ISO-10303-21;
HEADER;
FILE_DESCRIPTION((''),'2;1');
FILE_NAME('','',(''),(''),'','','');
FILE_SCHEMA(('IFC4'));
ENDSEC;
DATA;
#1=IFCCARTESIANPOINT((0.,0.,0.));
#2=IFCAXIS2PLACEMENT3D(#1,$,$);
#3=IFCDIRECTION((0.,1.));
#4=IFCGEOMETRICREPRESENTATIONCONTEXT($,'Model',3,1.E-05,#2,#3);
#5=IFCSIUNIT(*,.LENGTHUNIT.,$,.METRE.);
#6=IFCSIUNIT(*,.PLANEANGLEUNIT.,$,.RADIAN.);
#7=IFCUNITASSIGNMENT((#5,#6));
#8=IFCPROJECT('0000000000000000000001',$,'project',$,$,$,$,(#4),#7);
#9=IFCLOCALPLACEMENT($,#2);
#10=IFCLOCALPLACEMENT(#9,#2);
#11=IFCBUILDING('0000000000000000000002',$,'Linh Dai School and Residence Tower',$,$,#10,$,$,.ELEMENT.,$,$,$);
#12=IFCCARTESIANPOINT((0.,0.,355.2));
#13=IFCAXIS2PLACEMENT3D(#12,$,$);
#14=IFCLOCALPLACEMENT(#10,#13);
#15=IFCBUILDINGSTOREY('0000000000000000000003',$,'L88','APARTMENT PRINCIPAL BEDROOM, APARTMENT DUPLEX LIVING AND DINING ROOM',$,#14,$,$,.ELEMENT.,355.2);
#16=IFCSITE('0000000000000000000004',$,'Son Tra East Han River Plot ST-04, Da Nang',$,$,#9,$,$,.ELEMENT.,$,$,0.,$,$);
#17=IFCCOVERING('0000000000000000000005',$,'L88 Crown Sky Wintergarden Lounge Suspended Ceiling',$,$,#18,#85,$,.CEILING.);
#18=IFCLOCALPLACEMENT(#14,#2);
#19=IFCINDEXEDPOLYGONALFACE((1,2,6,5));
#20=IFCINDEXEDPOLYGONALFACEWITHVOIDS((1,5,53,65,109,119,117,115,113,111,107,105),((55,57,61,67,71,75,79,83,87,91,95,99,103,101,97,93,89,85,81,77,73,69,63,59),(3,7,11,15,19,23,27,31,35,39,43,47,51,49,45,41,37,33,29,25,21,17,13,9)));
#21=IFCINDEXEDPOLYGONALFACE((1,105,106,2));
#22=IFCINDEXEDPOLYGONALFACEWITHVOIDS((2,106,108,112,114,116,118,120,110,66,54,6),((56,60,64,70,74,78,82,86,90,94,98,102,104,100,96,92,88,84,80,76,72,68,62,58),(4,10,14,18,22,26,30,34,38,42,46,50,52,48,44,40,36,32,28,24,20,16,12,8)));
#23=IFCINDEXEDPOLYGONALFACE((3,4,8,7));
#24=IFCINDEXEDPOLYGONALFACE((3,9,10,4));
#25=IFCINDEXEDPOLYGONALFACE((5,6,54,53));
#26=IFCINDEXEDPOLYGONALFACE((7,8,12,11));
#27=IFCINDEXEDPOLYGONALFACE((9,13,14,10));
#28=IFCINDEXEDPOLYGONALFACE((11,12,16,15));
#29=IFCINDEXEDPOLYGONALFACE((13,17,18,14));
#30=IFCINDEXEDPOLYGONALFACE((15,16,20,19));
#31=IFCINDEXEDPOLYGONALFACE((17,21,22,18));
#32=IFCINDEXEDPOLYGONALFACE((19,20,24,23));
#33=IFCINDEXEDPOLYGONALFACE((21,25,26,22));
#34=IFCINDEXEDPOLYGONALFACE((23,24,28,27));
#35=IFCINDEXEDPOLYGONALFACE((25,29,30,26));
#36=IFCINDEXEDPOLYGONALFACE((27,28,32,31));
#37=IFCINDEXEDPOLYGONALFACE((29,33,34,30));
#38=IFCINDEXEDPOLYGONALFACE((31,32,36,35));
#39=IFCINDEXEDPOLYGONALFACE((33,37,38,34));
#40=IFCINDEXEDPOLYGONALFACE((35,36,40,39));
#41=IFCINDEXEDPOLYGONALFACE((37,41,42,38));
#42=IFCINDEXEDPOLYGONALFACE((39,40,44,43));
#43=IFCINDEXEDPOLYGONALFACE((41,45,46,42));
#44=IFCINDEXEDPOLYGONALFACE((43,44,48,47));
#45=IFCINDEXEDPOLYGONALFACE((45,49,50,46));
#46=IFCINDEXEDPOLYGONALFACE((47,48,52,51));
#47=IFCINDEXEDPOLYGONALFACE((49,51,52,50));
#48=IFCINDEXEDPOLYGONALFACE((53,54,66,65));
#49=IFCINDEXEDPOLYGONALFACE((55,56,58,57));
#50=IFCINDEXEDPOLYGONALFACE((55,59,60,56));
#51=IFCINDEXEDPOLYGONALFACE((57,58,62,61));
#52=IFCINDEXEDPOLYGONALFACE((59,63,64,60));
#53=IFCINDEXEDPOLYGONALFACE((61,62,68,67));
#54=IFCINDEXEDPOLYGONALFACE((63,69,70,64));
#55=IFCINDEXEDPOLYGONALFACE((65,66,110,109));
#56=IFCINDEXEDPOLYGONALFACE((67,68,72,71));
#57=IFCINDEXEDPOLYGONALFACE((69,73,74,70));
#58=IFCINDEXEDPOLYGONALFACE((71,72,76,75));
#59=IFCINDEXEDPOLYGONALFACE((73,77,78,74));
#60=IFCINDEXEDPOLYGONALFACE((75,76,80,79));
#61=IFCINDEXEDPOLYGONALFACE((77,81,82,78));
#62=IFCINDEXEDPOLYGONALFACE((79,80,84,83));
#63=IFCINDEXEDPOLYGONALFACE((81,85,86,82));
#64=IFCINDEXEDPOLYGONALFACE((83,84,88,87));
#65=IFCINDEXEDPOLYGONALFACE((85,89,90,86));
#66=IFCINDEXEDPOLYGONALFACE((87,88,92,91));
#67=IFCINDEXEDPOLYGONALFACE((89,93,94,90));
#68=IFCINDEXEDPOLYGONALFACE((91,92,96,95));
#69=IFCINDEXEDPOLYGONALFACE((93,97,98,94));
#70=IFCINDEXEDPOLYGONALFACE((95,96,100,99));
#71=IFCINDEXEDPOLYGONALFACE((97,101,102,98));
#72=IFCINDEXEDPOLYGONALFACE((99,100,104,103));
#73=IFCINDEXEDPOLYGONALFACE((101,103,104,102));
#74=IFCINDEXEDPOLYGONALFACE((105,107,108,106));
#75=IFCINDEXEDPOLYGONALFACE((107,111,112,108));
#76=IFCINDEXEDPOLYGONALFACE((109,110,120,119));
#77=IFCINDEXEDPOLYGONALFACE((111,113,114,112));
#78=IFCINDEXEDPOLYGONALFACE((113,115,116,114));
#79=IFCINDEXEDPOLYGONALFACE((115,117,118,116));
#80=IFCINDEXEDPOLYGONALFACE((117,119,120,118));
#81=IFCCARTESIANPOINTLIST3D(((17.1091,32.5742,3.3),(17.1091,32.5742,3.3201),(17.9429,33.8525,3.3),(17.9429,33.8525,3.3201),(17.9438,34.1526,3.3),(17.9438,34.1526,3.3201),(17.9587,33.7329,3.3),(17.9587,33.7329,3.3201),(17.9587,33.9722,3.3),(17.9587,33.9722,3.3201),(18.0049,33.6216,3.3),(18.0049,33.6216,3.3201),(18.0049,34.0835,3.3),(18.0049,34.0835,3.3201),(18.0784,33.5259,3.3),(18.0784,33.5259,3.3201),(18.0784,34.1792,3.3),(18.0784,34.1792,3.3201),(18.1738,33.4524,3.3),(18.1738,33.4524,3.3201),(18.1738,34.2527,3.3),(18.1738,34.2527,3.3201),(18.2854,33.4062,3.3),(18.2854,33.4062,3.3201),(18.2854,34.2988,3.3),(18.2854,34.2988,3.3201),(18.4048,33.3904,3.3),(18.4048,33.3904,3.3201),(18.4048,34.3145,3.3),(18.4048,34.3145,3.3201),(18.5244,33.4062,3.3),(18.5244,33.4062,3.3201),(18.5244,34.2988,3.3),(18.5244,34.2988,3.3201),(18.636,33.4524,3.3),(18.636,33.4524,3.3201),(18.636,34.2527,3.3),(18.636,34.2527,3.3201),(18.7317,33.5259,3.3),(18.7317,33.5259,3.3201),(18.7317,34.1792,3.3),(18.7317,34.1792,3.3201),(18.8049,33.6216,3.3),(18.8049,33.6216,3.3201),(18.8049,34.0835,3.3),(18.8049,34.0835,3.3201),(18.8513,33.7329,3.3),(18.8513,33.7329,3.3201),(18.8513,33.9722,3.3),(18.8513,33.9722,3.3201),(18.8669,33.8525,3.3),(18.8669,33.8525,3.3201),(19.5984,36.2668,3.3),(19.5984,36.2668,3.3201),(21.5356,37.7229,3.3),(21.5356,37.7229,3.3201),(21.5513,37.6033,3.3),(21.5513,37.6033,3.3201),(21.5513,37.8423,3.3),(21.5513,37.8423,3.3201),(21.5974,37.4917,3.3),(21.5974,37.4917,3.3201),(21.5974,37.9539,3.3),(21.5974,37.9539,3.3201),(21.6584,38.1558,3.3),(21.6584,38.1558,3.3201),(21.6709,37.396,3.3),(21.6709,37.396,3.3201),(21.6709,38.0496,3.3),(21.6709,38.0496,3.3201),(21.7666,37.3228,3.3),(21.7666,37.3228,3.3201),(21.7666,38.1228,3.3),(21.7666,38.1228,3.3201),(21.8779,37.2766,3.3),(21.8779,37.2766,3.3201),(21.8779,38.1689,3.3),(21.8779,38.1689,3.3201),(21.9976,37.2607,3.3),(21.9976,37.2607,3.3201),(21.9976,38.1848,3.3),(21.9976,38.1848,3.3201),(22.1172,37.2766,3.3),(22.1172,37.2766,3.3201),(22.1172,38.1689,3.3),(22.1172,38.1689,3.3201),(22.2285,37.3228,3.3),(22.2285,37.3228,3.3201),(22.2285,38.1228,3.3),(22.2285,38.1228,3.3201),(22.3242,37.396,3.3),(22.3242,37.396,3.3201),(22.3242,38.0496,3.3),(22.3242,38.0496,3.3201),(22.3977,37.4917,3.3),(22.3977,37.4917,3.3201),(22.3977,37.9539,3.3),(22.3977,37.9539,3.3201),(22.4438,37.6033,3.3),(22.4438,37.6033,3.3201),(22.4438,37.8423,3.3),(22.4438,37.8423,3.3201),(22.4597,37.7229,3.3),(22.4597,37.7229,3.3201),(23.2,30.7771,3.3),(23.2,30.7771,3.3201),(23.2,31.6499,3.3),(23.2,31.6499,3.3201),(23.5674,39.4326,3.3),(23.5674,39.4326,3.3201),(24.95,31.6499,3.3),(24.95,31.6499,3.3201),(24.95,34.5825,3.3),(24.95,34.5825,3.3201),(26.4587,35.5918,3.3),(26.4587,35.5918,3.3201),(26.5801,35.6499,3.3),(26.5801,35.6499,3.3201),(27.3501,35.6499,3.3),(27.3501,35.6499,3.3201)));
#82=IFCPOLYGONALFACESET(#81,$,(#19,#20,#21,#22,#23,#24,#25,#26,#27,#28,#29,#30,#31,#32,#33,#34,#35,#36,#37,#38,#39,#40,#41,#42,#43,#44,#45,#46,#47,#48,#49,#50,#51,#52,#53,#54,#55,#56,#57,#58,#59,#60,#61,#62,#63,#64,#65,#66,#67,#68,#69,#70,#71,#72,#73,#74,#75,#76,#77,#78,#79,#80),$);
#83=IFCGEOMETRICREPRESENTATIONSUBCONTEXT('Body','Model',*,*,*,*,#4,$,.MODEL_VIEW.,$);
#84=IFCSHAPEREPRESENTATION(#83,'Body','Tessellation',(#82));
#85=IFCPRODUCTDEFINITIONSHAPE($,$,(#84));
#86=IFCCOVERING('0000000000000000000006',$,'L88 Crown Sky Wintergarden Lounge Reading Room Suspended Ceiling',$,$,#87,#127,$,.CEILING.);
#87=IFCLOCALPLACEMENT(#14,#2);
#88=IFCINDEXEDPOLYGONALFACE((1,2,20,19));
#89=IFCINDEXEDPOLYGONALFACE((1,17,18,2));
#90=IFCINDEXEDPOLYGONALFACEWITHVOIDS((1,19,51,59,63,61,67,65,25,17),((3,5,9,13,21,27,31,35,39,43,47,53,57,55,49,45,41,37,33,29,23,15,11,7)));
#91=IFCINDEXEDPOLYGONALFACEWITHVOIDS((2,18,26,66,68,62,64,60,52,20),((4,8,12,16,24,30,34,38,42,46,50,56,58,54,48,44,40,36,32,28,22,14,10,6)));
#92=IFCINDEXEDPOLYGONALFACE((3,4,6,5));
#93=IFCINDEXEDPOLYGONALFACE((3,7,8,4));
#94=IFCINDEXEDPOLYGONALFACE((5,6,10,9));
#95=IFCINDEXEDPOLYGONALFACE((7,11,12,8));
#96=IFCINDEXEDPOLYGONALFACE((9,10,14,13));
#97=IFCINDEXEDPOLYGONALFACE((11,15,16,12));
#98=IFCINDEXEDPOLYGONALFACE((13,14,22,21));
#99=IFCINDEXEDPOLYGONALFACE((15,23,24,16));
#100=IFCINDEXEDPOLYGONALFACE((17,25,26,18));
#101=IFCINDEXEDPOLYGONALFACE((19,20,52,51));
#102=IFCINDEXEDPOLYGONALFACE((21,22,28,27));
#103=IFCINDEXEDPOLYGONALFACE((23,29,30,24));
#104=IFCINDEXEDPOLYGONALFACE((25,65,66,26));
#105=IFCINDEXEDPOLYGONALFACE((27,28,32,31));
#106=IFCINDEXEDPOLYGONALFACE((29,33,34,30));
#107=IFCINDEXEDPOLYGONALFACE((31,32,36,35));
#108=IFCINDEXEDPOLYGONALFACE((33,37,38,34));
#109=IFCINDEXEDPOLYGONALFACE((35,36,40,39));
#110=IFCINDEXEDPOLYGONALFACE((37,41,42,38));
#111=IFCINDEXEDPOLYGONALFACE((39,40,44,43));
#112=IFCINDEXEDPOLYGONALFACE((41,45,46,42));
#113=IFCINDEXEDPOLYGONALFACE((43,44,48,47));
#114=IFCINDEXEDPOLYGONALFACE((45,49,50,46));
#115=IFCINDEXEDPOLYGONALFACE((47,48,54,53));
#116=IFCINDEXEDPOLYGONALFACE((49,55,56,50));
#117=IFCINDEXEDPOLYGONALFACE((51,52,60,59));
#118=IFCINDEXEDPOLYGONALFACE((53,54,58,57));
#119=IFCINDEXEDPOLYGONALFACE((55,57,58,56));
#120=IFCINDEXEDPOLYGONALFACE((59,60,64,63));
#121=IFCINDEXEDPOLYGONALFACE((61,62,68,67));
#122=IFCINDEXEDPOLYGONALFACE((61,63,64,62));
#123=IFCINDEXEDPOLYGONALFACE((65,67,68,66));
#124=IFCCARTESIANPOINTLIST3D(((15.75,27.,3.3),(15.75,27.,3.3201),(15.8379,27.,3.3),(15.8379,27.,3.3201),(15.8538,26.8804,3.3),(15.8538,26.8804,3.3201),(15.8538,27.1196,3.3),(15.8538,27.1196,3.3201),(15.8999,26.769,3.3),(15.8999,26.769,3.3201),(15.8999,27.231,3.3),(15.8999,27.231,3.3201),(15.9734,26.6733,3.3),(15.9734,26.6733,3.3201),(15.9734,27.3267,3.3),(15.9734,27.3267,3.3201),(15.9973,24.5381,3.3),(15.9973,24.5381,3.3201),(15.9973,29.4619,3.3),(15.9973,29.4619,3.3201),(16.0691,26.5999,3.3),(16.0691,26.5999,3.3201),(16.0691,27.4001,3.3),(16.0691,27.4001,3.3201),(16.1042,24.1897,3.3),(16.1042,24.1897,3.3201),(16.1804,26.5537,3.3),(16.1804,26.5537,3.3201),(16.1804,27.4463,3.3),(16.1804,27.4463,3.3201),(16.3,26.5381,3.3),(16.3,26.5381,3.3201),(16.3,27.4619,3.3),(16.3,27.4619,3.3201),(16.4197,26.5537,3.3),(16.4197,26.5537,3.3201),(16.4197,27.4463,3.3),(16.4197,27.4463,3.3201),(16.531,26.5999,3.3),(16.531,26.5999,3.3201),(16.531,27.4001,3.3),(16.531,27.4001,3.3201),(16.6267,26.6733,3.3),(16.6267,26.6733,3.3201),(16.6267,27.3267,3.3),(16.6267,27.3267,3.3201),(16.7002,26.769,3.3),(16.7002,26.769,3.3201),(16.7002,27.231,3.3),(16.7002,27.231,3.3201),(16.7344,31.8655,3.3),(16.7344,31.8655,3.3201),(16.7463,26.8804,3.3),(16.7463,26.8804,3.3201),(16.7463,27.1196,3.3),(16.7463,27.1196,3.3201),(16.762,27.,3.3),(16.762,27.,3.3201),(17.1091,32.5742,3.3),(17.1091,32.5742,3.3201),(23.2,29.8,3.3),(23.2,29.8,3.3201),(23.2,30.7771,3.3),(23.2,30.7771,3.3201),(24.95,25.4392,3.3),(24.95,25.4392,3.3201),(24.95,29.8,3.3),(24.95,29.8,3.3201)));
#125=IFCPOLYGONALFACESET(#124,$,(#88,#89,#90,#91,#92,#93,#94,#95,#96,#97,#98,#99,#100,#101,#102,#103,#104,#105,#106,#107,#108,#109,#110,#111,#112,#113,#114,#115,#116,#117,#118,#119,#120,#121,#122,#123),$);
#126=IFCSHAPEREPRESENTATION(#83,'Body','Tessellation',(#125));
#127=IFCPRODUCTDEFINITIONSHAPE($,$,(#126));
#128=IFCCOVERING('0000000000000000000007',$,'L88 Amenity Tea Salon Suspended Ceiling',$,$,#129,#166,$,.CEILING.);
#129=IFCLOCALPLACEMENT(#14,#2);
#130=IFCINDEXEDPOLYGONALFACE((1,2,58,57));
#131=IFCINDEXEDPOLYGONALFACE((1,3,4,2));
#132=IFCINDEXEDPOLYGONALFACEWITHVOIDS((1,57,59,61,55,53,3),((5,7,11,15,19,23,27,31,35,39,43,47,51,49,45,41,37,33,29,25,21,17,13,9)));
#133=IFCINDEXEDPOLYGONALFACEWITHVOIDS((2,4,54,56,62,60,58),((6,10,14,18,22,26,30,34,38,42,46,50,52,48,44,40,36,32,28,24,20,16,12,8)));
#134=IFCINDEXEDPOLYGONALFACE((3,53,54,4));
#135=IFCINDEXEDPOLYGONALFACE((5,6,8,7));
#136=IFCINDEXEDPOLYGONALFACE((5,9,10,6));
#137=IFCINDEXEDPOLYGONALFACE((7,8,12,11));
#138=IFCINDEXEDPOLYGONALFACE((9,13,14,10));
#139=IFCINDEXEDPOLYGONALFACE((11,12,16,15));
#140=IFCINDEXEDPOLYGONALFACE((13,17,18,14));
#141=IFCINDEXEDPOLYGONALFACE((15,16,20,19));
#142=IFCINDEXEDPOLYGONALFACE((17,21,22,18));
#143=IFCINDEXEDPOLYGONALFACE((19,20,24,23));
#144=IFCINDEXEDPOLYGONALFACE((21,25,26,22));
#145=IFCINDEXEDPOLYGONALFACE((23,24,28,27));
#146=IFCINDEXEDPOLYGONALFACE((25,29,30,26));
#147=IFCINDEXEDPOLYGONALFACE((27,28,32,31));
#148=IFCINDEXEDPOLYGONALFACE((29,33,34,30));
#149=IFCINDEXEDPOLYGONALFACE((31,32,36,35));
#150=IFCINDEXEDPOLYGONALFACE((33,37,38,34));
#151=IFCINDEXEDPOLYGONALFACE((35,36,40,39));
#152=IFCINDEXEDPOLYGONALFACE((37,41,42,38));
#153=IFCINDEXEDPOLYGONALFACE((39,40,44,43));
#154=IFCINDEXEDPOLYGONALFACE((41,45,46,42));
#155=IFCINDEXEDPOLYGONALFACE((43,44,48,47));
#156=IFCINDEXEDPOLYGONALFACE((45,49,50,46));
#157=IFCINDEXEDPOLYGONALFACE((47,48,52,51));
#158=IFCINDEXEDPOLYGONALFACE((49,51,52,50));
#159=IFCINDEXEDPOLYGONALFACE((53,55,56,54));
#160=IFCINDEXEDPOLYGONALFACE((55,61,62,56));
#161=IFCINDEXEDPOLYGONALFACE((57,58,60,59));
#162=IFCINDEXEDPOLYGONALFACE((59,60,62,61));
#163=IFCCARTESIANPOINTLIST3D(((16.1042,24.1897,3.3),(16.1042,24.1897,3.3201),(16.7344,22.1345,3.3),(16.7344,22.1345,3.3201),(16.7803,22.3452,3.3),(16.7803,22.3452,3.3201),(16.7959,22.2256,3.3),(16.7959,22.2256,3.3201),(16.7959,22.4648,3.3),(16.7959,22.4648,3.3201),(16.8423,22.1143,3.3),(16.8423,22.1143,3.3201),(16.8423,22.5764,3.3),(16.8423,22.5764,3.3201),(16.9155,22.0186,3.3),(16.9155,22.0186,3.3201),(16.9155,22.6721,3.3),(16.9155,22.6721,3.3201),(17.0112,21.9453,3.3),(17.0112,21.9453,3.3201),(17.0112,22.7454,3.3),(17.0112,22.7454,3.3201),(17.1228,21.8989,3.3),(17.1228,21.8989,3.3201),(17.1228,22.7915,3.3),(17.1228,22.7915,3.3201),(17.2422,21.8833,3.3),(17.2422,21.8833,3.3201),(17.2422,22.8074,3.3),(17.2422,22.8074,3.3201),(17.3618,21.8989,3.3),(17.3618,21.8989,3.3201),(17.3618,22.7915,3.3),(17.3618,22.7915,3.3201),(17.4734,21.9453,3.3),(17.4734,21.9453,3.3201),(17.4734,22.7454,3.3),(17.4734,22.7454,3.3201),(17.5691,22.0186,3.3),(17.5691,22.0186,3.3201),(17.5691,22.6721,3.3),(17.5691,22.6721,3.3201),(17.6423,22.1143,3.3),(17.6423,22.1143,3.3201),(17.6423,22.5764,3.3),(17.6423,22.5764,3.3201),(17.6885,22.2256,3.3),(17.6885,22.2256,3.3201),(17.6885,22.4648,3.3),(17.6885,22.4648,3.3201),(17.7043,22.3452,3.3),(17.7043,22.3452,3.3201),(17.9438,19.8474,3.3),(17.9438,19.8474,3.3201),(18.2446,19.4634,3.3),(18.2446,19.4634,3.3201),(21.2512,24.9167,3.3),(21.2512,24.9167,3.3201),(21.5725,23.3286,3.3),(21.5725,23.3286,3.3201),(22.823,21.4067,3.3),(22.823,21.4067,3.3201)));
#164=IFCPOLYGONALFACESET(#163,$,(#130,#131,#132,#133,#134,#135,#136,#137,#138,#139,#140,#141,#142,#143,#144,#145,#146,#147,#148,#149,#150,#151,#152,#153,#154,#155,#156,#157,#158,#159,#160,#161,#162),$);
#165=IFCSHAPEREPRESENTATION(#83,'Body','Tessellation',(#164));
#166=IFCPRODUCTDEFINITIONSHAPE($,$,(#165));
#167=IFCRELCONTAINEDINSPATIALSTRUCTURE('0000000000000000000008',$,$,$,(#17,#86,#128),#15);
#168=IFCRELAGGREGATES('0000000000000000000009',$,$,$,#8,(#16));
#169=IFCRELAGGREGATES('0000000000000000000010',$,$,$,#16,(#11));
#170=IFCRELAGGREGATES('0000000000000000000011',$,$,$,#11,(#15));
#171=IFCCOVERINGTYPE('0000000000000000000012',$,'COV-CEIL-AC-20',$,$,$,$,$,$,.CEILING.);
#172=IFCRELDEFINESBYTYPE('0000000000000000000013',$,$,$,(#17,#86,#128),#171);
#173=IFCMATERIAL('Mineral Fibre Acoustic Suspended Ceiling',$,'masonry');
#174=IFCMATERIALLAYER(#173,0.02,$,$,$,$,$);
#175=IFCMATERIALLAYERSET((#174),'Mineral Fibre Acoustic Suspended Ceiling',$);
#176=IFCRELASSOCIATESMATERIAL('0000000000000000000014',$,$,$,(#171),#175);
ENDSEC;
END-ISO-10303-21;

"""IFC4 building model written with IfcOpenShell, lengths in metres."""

from ifc_helpers import new_model, si_unit, direction, frame, origin, place, context, subcontext, project, spatial, polyline, outline, extrude, material, layer, layer_set, type_object, element, save


model = new_model("IFC4")

# Units and contexts
model_context = context("Model", 3, precision=1e-05, world=origin(), true_north=direction((0.0, 1.0)))
body_context = subcontext(model_context, "Body", "Model", "MODEL_VIEW")
ifc_project = project(units=[si_unit("LENGTHUNIT", "METRE"), si_unit("PLANEANGLEUNIT", "RADIAN")], contexts=[model_context])

# Site, building, storey
site_placement = place(None, origin())
site = spatial("IfcSite", under=ifc_project, at=site_placement, Name="Son Tra East Han River Plot ST-04, Da Nang", CompositionType="ELEMENT", RefElevation=0.0)
building_placement = place(site_placement, origin())
building = spatial("IfcBuilding", under=site, at=building_placement, Name="Linh Dai School and Residence Tower", CompositionType="ELEMENT")
storey_placement = place(building_placement, frame((0.0, 0.0, 355.2)))
storey = spatial("IfcBuildingStorey", under=building, at=storey_placement, Name="L88", Description="APARTMENT PRINCIPAL BEDROOM, APARTMENT DUPLEX LIVING AND DINING ROOM", CompositionType="ELEMENT", Elevation=355.2)

# Coverings
ifc_material_1 = material(Name="Mineral Fibre Acoustic Suspended Ceiling", Category="masonry")
ifc_layer_1 = layer(ifc_material_1, 0.02)
ifc_layer_set_1 = layer_set([ifc_layer_1], Name="Mineral Fibre Acoustic Suspended Ceiling")
covering_type_1 = type_object("IfcCoveringType", Name="COV-CEIL-AC-20", PredefinedType="CEILING", material=ifc_layer_set_1)
covering_1_placement = place(storey_placement, frame((0.0, 0.0, 3.3)))
element("IfcCovering", 1, at=covering_1_placement, inside=storey, type_object=covering_type_1, Name="L88 Crown Sky Wintergarden Lounge Suspended Ceiling", PredefinedType="CEILING", context=body_context, shape_type="SweptSolid", body=[
    extrude(outline(polyline([(19.5984, 36.2668), (21.6584, 38.1558), (23.5674, 39.4326), (27.3501, 35.6499), (26.5801, 35.6499), (26.4587, 35.5918), (24.95, 34.5825), (24.95, 31.6499), (23.2, 31.6499), (23.2, 30.7771), (17.1091, 32.5742), (17.9438, 34.1526), (19.5984, 36.2668)]), holes=[polyline([(22.4438, 37.6033), (22.4597, 37.7229), (22.4438, 37.8423), (22.3977, 37.9539), (22.3242, 38.0496), (22.2285, 38.1228), (22.1172, 38.1689), (21.9976, 38.1848), (21.8779, 38.1689), (21.7666, 38.1228), (21.6709, 38.0496), (21.5974, 37.9539), (21.5513, 37.8423), (21.5356, 37.7229), (21.5513, 37.6033), (21.5974, 37.4917), (21.6709, 37.396), (21.7666, 37.3228), (21.8779, 37.2766), (21.9976, 37.2607), (22.1172, 37.2766), (22.2285, 37.3228), (22.3242, 37.396), (22.3977, 37.4917), (22.4438, 37.6033)]), polyline([(18.8513, 33.7329), (18.8669, 33.8525), (18.8513, 33.9722), (18.8049, 34.0835), (18.7317, 34.1792), (18.636, 34.2527), (18.5244, 34.2988), (18.4048, 34.3145), (18.2854, 34.2988), (18.1738, 34.2527), (18.0784, 34.1792), (18.0049, 34.0835), (17.9587, 33.9722), (17.9429, 33.8525), (17.9587, 33.7329), (18.0049, 33.6216), (18.0784, 33.5259), (18.1738, 33.4524), (18.2854, 33.4062), (18.4048, 33.3904), (18.5244, 33.4062), (18.636, 33.4524), (18.7317, 33.5259), (18.8049, 33.6216), (18.8513, 33.7329)])]), origin(), (0.0, 0.0, 1.0), 0.02),
])
covering_2_placement = place(storey_placement, frame((0.0, 0.0, 3.3)))
element("IfcCovering", 2, at=covering_2_placement, inside=storey, type_object=covering_type_1, Name="L88 Crown Sky Wintergarden Lounge Reading Room Suspended Ceiling", PredefinedType="CEILING", context=body_context, shape_type="SweptSolid", body=[
    extrude(outline(polyline([(15.75, 27.0), (15.9973, 29.4619), (16.7344, 31.8655), (17.1091, 32.5742), (23.2, 30.7771), (23.2, 29.8), (24.95, 29.8), (24.95, 25.4392), (16.1042, 24.1897), (15.9973, 24.5381), (15.75, 27.0)]), holes=[polyline([(16.7463, 27.1196), (16.7002, 27.231), (16.6267, 27.3267), (16.531, 27.4001), (16.4197, 27.4463), (16.3, 27.4619), (16.1804, 27.4463), (16.0691, 27.4001), (15.9734, 27.3267), (15.8999, 27.231), (15.8538, 27.1196), (15.8379, 27.0), (15.8538, 26.8804), (15.8999, 26.769), (15.9734, 26.6733), (16.0691, 26.5999), (16.1804, 26.5537), (16.3, 26.5381), (16.4197, 26.5537), (16.531, 26.5999), (16.6267, 26.6733), (16.7002, 26.769), (16.7463, 26.8804), (16.762, 27.0), (16.7463, 27.1196)])]), origin(), (0.0, 0.0, 1.0), 0.02),
])
covering_3_placement = place(storey_placement, frame((0.0, 0.0, 3.3)))
element("IfcCovering", 3, at=covering_3_placement, inside=storey, type_object=covering_type_1, Name="L88 Amenity Tea Salon Suspended Ceiling", PredefinedType="CEILING", context=body_context, shape_type="SweptSolid", body=[
    extrude(outline(polyline([(16.1042, 24.1897), (21.2512, 24.9167), (21.5725, 23.3286), (22.823, 21.4067), (18.2446, 19.4634), (17.9438, 19.8474), (16.7344, 22.1345), (16.1042, 24.1897)]), holes=[polyline([(17.6885, 22.4648), (17.6423, 22.5764), (17.5691, 22.6721), (17.4734, 22.7454), (17.3618, 22.7915), (17.2422, 22.8074), (17.1228, 22.7915), (17.0112, 22.7454), (16.9155, 22.6721), (16.8423, 22.5764), (16.7959, 22.4648), (16.7803, 22.3452), (16.7959, 22.2256), (16.8423, 22.1143), (16.9155, 22.0186), (17.0112, 21.9453), (17.1228, 21.8989), (17.2422, 21.8833), (17.3618, 21.8989), (17.4734, 21.9453), (17.5691, 22.0186), (17.6423, 22.1143), (17.6885, 22.2256), (17.7043, 22.3452), (17.6885, 22.4648)])]), origin(), (0.0, 0.0, 1.0), 0.02),
])

save(model, "model.ifc")
